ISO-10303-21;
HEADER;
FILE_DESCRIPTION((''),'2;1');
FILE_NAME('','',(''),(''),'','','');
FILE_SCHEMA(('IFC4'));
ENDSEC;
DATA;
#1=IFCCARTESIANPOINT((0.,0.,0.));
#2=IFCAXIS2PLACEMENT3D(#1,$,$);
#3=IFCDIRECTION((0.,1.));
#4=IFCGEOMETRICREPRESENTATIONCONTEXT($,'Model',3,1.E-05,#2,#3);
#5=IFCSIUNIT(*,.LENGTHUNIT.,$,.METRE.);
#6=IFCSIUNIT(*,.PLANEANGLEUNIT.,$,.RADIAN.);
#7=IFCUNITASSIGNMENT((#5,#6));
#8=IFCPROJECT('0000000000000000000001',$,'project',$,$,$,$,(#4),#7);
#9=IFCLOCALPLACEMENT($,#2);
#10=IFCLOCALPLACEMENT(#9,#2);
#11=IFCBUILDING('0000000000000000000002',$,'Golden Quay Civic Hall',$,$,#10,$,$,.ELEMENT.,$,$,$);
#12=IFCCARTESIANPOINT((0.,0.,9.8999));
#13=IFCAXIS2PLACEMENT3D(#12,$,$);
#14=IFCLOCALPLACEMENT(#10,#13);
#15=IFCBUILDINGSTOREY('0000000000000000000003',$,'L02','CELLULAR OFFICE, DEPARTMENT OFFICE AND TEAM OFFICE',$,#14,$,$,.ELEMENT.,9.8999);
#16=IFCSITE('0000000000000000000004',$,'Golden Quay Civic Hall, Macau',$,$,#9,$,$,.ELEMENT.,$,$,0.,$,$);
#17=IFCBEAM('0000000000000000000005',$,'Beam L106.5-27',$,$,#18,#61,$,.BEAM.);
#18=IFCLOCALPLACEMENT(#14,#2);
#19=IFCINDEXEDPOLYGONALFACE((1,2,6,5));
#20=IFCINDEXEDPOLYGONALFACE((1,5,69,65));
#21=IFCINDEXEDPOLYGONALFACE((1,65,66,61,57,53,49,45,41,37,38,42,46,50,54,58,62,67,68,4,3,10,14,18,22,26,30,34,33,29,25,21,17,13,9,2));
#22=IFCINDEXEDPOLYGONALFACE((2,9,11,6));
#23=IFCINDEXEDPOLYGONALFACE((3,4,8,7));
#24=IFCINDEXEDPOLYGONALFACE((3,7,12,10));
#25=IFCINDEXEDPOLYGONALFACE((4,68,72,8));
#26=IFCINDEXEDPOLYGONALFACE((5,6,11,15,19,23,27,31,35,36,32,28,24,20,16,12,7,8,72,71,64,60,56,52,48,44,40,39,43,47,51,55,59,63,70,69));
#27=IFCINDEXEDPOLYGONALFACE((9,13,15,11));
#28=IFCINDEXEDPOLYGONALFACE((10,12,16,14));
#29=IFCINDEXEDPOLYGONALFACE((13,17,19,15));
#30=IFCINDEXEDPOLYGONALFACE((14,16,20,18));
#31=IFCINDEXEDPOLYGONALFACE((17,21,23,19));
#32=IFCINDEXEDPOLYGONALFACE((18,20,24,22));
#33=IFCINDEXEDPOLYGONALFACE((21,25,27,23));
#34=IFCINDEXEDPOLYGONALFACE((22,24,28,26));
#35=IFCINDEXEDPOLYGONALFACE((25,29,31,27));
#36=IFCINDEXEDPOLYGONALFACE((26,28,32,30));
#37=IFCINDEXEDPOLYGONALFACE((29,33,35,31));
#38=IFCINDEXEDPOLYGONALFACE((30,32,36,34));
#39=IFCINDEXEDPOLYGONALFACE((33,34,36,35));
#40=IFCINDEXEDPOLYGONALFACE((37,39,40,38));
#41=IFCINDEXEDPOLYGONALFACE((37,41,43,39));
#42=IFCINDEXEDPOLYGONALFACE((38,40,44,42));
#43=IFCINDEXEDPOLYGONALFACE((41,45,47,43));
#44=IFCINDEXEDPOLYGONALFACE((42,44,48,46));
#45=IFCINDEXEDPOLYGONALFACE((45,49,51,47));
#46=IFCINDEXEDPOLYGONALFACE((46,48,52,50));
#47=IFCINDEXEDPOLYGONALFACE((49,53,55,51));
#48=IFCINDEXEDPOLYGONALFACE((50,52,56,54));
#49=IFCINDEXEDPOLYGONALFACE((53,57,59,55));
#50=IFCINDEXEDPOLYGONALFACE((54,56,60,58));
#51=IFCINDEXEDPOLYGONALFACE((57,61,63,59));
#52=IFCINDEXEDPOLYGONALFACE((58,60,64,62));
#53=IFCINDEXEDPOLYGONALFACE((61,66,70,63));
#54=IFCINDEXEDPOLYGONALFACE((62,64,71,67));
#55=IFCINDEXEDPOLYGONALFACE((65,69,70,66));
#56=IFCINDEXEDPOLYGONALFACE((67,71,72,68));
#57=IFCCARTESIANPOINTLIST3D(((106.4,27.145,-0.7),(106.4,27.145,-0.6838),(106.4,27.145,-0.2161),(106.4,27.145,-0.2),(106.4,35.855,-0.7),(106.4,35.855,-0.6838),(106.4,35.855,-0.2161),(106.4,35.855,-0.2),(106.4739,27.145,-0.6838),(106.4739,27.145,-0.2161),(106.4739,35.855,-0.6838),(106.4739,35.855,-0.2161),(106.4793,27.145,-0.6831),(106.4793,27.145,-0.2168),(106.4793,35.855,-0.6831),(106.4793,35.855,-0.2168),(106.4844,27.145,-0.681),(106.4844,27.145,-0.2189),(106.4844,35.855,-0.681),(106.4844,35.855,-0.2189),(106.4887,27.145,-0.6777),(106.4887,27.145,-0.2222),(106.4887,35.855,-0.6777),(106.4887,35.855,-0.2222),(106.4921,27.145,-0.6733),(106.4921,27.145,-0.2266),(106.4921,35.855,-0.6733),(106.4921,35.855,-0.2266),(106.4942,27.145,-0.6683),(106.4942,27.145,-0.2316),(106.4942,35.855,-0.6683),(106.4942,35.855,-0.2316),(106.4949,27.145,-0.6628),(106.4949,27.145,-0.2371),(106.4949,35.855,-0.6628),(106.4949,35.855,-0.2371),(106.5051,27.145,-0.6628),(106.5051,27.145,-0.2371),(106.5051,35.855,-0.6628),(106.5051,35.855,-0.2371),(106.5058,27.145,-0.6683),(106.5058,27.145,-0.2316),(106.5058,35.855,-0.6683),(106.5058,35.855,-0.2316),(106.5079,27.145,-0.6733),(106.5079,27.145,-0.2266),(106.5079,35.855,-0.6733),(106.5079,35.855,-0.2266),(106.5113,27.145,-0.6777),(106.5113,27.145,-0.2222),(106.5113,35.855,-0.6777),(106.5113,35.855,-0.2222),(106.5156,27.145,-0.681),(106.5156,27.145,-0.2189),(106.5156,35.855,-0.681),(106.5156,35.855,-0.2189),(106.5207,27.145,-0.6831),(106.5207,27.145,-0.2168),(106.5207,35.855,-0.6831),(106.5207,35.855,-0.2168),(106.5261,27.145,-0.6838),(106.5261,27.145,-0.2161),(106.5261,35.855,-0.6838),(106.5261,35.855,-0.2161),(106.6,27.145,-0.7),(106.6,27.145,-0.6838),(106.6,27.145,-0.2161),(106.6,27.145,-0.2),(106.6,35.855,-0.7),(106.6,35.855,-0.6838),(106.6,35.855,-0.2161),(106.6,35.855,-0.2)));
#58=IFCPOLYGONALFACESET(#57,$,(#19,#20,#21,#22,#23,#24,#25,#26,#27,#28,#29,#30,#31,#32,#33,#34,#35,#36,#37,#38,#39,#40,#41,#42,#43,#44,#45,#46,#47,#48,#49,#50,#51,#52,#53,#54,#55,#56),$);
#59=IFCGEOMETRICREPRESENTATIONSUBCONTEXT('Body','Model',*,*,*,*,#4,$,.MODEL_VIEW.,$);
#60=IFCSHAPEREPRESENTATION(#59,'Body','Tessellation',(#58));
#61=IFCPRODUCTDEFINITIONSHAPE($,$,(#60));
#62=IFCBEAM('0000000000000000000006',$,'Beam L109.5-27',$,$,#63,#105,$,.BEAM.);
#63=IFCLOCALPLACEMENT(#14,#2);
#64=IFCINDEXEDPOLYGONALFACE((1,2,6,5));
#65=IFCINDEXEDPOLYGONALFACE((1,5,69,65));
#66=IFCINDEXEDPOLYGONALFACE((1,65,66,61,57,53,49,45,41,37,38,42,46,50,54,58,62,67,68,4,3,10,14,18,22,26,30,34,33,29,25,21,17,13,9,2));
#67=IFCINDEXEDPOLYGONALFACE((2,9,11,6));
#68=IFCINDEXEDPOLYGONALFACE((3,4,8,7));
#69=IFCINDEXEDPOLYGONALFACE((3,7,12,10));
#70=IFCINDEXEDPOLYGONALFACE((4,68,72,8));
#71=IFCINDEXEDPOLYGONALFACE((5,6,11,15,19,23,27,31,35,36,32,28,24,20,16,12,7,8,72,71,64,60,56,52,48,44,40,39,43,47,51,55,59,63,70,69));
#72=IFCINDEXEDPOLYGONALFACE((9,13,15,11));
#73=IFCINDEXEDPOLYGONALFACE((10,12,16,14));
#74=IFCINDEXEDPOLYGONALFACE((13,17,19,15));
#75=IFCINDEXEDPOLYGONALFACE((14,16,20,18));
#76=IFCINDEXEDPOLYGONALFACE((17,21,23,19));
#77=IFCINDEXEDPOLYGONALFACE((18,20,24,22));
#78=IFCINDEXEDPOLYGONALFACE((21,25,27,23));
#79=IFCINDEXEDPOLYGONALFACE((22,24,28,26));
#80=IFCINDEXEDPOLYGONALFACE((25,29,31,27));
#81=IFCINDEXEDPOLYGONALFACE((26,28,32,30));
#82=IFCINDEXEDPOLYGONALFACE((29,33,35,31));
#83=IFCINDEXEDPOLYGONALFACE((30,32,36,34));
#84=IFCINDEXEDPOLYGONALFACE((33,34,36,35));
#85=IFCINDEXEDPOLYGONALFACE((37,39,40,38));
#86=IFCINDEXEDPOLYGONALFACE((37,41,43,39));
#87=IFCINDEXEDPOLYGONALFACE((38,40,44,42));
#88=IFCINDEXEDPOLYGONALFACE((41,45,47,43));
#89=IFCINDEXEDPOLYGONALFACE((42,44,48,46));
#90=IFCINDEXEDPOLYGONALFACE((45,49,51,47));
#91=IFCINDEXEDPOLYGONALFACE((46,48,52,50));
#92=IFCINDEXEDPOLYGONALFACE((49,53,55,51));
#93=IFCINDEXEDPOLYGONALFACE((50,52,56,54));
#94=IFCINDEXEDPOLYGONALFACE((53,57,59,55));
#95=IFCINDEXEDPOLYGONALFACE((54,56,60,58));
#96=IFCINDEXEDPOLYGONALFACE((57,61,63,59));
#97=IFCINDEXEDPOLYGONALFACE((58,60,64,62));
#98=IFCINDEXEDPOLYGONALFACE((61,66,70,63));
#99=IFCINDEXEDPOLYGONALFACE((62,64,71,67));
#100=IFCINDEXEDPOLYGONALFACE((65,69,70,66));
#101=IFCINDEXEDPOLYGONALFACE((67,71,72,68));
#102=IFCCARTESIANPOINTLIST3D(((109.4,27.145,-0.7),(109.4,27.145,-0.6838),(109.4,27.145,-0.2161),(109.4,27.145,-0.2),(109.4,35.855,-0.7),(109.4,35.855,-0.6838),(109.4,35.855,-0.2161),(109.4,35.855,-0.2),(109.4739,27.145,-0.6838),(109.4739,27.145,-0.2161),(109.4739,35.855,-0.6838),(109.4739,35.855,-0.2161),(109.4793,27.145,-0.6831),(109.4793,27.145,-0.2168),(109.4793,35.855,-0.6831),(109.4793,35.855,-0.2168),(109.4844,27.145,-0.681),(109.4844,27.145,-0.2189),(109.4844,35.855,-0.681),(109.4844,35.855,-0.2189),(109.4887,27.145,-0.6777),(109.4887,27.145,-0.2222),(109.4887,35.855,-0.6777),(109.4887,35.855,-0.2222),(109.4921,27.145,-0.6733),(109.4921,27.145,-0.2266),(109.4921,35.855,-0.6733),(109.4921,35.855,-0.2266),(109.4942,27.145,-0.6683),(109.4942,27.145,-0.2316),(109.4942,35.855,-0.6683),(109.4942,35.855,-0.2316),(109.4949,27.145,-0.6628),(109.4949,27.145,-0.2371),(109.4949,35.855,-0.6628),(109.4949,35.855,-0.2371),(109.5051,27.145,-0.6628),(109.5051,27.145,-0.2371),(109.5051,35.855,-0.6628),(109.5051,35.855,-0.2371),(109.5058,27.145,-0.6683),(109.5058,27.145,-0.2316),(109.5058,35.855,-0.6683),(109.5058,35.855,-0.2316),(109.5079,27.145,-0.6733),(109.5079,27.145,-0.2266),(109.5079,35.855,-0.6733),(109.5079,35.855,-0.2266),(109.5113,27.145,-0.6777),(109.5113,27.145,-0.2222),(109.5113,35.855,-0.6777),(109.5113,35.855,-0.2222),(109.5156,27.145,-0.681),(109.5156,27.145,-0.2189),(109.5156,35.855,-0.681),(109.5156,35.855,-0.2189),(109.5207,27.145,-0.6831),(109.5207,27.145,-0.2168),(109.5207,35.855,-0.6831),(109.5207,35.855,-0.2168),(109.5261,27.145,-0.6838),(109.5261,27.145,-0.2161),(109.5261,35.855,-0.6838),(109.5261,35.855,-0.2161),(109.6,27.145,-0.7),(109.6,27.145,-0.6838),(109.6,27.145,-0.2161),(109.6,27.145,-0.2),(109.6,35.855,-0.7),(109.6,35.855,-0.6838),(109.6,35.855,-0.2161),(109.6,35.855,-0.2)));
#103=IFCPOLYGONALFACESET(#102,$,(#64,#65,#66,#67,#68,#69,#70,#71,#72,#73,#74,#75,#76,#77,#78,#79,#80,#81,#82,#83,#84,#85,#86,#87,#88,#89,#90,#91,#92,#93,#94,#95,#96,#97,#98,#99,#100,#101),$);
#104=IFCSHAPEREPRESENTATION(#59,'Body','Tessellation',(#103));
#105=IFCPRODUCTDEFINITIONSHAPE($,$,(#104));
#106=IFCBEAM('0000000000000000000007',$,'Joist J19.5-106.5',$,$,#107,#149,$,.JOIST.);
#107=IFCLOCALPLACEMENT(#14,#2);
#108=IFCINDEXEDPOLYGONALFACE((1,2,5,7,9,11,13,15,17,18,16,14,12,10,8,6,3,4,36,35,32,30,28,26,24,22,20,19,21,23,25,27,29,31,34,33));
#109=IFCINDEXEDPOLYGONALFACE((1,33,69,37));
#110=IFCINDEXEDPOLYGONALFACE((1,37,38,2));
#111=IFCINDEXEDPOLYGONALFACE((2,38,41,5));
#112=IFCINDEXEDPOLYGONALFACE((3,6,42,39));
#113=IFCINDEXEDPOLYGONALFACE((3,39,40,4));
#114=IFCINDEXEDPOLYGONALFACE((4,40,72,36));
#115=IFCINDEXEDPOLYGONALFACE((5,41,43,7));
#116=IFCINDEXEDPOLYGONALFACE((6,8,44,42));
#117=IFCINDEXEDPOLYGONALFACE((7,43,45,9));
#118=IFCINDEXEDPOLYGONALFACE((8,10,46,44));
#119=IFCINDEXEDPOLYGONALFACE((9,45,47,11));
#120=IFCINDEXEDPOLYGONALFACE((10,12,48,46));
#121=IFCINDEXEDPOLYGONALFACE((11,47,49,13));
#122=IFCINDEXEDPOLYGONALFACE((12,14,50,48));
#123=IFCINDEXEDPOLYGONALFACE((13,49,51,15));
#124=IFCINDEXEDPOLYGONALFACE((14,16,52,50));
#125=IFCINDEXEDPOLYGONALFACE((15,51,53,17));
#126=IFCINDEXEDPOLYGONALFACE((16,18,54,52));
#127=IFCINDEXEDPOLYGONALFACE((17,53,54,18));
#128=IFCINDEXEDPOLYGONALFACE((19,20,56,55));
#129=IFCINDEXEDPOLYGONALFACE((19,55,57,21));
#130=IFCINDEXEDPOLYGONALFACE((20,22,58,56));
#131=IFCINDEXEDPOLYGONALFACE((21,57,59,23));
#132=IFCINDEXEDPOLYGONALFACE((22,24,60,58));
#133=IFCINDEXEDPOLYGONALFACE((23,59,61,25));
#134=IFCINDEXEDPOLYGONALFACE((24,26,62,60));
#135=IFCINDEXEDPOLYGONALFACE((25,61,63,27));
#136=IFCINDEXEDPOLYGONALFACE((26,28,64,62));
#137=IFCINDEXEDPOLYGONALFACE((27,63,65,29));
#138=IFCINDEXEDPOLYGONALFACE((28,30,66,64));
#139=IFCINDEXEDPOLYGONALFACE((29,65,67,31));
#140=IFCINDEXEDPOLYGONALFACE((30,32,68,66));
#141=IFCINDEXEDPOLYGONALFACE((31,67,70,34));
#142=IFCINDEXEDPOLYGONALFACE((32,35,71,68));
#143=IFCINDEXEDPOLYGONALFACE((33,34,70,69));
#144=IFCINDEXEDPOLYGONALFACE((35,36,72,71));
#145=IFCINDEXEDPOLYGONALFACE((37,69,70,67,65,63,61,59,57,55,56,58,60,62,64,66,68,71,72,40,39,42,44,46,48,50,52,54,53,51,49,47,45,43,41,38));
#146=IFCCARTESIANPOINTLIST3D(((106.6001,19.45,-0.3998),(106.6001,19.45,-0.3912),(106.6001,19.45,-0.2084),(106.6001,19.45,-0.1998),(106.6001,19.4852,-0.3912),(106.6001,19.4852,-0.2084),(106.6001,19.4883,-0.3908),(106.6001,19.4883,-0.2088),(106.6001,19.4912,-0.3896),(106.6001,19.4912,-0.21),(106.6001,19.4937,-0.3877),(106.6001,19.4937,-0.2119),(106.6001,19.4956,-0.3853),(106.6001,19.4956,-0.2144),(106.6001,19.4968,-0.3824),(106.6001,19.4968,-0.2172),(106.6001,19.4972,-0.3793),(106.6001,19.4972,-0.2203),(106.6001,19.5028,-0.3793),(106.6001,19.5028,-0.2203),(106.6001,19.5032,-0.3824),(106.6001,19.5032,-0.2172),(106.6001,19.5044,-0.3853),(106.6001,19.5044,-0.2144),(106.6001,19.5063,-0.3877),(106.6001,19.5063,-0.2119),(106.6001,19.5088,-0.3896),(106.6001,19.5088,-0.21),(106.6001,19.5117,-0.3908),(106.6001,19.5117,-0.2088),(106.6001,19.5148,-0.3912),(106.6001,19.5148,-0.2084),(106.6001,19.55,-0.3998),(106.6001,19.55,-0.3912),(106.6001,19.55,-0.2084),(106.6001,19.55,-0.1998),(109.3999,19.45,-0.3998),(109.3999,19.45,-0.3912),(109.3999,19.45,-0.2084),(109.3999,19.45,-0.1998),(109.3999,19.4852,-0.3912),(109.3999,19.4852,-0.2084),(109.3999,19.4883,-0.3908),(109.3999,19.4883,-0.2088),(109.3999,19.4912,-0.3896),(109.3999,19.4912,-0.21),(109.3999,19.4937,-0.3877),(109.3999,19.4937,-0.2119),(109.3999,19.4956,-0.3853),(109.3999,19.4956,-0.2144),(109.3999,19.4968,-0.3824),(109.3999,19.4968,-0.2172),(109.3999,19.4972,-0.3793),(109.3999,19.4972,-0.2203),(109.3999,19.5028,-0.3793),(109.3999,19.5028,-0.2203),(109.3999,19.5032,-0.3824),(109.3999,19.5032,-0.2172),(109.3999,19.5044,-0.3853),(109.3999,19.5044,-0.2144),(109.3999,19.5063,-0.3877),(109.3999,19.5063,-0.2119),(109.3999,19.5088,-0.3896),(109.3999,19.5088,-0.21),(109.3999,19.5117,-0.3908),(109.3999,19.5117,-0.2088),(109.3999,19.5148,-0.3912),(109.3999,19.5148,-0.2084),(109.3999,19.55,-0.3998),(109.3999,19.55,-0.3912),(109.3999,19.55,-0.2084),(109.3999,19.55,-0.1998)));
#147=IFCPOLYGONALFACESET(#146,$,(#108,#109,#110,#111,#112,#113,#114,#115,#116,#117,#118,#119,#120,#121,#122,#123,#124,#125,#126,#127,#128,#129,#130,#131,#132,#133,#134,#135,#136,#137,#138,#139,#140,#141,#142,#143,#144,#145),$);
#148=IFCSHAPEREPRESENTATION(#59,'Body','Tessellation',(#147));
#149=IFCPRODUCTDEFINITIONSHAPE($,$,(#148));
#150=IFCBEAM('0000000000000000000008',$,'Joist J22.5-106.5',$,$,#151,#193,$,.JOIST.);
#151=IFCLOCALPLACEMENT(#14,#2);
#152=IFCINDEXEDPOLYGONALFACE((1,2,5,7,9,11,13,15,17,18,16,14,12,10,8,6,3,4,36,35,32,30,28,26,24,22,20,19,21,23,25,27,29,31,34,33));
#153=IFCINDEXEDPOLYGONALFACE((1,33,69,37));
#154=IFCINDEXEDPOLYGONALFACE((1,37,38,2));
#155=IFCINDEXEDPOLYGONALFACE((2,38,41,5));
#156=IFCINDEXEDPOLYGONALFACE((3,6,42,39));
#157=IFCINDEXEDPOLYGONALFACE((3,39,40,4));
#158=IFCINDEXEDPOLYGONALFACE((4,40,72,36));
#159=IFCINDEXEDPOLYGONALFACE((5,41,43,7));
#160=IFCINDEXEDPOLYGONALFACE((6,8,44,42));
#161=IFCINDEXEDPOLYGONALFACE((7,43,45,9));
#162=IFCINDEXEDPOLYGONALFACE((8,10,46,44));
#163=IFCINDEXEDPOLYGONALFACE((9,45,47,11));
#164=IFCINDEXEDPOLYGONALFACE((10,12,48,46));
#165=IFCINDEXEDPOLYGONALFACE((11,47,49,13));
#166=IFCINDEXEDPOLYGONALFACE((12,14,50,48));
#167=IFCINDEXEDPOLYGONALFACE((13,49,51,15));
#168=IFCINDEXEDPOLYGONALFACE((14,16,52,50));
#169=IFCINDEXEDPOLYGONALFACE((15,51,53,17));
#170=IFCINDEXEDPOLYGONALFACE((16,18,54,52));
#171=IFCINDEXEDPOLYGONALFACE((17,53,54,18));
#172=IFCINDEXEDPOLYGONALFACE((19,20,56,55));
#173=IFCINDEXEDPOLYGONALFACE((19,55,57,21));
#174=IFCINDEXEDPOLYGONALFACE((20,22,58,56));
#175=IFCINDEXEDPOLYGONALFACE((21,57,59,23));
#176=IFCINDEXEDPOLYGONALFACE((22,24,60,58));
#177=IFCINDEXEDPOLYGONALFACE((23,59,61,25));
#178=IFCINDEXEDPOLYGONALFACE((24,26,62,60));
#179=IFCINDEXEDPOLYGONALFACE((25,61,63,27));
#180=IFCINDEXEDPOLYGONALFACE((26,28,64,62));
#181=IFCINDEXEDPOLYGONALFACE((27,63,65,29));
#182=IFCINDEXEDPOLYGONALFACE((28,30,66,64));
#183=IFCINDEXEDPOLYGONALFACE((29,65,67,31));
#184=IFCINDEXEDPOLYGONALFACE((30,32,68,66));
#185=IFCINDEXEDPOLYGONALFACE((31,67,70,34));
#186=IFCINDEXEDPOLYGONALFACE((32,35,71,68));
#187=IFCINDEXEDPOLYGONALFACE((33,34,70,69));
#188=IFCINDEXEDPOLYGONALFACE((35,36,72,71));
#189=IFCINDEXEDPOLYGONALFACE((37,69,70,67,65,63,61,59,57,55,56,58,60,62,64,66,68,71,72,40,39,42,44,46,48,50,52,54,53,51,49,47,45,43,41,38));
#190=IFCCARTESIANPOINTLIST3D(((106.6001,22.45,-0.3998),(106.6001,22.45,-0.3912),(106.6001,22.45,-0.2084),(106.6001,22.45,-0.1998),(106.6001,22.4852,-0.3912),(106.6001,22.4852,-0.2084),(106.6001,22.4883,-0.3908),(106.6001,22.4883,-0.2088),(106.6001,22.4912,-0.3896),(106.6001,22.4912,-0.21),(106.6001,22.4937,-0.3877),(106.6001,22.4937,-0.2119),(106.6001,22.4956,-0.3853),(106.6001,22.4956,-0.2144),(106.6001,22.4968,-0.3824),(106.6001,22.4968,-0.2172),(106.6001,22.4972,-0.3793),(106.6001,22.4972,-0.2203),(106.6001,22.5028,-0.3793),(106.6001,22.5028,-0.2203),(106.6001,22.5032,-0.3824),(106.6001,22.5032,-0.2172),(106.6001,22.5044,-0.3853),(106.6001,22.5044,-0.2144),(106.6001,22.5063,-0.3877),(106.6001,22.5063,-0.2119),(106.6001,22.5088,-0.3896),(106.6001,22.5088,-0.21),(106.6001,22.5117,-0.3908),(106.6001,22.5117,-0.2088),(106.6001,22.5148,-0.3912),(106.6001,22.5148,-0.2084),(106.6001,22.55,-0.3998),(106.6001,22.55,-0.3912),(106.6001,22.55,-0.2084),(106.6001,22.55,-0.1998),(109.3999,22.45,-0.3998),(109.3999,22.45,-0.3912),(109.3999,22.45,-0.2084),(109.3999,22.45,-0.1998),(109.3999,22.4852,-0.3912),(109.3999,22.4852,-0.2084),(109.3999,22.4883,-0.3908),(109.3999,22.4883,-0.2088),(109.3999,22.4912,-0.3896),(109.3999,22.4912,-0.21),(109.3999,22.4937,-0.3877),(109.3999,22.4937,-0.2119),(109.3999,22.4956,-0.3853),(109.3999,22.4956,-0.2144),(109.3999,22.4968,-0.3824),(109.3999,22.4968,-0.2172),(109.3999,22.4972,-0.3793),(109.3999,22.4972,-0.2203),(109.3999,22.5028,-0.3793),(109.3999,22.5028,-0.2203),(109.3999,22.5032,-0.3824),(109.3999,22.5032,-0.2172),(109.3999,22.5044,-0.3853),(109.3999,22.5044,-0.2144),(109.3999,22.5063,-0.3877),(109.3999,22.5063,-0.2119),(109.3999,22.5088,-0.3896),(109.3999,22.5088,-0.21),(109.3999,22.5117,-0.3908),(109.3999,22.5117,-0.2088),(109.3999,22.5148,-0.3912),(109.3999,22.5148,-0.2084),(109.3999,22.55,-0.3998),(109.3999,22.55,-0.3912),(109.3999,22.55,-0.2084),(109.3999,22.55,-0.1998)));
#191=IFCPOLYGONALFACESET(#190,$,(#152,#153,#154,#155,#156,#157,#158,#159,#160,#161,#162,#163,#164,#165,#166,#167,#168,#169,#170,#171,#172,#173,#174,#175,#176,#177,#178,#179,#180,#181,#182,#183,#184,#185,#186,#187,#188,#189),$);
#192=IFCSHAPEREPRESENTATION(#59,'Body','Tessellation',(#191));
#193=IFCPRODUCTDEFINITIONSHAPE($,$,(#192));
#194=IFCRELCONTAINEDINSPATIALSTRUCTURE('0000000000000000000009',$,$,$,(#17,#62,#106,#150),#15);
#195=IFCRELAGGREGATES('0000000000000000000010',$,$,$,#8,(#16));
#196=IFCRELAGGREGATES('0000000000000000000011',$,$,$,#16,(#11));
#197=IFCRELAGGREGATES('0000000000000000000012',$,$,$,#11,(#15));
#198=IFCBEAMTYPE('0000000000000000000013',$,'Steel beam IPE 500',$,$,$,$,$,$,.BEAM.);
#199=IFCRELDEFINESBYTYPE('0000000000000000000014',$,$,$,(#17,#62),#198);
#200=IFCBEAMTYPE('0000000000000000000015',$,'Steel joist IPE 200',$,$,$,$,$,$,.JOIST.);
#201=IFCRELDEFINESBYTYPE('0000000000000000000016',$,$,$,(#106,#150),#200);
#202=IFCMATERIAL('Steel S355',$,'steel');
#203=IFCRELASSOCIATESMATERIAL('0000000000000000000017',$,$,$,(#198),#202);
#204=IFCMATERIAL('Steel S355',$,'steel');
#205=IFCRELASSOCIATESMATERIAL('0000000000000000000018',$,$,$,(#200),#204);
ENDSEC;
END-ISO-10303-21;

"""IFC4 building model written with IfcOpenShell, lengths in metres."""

from ifc_helpers import new_model, si_unit, direction, frame, origin, origin_2d, place, context, subcontext, project, spatial, i_section, extrude, material, material_profile, profile_set, type_object, element, save


model = new_model("IFC4")

# Units and contexts
model_context = context("Model", 3, precision=1e-05, world=origin(), true_north=direction((0.0, 1.0)))
body_context = subcontext(model_context, "Body", "Model", "MODEL_VIEW")
ifc_project = project(units=[si_unit("LENGTHUNIT", "METRE"), si_unit("PLANEANGLEUNIT", "RADIAN")], contexts=[model_context])

# Site, building, storey
site_placement = place(None, origin())
site = spatial("IfcSite", under=ifc_project, at=site_placement, Name="Golden Quay Civic Hall, Macau", CompositionType="ELEMENT", RefElevation=0.0)
building_placement = place(site_placement, origin())
building = spatial("IfcBuilding", under=site, at=building_placement, Name="Golden Quay Civic Hall", CompositionType="ELEMENT")
storey_placement = place(building_placement, frame((0.0, 0.0, 9.8999)))
storey = spatial("IfcBuildingStorey", under=building, at=storey_placement, Name="L02", Description="CELLULAR OFFICE, DEPARTMENT OFFICE AND TEAM OFFICE", CompositionType="ELEMENT", Elevation=9.8999)

# Beams
ifc_material_1 = material(Name="Steel S355", Category="steel")
ifc_material_profile_1 = material_profile(ifc_material_1, i_section(OverallWidth=0.2, OverallDepth=0.5, WebThickness=0.0103, FlangeThickness=0.0161, FilletRadius=0.021, at=origin_2d()), Name="IPE 500")
ifc_profile_set_1 = profile_set([ifc_material_profile_1], Name="Steel S355")
beam_type_1 = type_object("IfcBeamType", Name="Steel beam IPE 500", PredefinedType="BEAM", material=ifc_profile_set_1)
for number, where, z_axis, x_axis, name in (
    (1, (106.5, 27.145, -0.45), (0.0, 1.0, 0.0), (-1.0, 0.0, 0.0), "Beam L106.5-27"),
    (2, (109.5, 27.145, -0.45), (0.0, 1.0, 0.0), (-1.0, 0.0, 0.0), "Beam L109.5-27"),
):
    element("IfcBeam", number, at=place(storey_placement, frame(where, z_axis=z_axis, x_axis=x_axis)), inside=storey, type_object=beam_type_1, Name=name, PredefinedType="BEAM", context=body_context, shape_type="SweptSolid", body=[
        extrude(i_section(OverallWidth=0.2, OverallDepth=0.5, WebThickness=0.0103, FlangeThickness=0.0161, FilletRadius=0.021, at=origin_2d()), origin(), (0.0, 0.0, 1.0), 8.71),
    ])
ifc_material_2 = material(Name="Steel S355", Category="steel")
ifc_material_profile_2 = material_profile(ifc_material_2, i_section(OverallWidth=0.1001, OverallDepth=0.2, WebThickness=0.0056, FlangeThickness=0.0085, FilletRadius=0.012, at=origin_2d()), Name="IPE 200")
ifc_profile_set_2 = profile_set([ifc_material_profile_2], Name="Steel S355")
beam_type_2 = type_object("IfcBeamType", Name="Steel joist IPE 200", PredefinedType="JOIST", material=ifc_profile_set_2)
for number, where, z_axis, x_axis, name in (
    (3, (106.6001, 19.5, -0.2998), (1.0, 0.0, 0.0), (0.0, 1.0, 0.0), "Joist J19.5-106.5"),
    (4, (106.6001, 22.5, -0.2998), (1.0, 0.0, 0.0), (0.0, 1.0, 0.0), "Joist J22.5-106.5"),
):
    element("IfcBeam", number, at=place(storey_placement, frame(where, z_axis=z_axis, x_axis=x_axis)), inside=storey, type_object=beam_type_2, Name=name, PredefinedType="JOIST", context=body_context, shape_type="SweptSolid", body=[
        extrude(i_section(OverallWidth=0.1001, OverallDepth=0.2, WebThickness=0.0056, FlangeThickness=0.0085, FilletRadius=0.012, at=origin_2d()), origin(), (0.0, 0.0, 1.0), 2.7998),
    ])

save(model, "model.ifc")
